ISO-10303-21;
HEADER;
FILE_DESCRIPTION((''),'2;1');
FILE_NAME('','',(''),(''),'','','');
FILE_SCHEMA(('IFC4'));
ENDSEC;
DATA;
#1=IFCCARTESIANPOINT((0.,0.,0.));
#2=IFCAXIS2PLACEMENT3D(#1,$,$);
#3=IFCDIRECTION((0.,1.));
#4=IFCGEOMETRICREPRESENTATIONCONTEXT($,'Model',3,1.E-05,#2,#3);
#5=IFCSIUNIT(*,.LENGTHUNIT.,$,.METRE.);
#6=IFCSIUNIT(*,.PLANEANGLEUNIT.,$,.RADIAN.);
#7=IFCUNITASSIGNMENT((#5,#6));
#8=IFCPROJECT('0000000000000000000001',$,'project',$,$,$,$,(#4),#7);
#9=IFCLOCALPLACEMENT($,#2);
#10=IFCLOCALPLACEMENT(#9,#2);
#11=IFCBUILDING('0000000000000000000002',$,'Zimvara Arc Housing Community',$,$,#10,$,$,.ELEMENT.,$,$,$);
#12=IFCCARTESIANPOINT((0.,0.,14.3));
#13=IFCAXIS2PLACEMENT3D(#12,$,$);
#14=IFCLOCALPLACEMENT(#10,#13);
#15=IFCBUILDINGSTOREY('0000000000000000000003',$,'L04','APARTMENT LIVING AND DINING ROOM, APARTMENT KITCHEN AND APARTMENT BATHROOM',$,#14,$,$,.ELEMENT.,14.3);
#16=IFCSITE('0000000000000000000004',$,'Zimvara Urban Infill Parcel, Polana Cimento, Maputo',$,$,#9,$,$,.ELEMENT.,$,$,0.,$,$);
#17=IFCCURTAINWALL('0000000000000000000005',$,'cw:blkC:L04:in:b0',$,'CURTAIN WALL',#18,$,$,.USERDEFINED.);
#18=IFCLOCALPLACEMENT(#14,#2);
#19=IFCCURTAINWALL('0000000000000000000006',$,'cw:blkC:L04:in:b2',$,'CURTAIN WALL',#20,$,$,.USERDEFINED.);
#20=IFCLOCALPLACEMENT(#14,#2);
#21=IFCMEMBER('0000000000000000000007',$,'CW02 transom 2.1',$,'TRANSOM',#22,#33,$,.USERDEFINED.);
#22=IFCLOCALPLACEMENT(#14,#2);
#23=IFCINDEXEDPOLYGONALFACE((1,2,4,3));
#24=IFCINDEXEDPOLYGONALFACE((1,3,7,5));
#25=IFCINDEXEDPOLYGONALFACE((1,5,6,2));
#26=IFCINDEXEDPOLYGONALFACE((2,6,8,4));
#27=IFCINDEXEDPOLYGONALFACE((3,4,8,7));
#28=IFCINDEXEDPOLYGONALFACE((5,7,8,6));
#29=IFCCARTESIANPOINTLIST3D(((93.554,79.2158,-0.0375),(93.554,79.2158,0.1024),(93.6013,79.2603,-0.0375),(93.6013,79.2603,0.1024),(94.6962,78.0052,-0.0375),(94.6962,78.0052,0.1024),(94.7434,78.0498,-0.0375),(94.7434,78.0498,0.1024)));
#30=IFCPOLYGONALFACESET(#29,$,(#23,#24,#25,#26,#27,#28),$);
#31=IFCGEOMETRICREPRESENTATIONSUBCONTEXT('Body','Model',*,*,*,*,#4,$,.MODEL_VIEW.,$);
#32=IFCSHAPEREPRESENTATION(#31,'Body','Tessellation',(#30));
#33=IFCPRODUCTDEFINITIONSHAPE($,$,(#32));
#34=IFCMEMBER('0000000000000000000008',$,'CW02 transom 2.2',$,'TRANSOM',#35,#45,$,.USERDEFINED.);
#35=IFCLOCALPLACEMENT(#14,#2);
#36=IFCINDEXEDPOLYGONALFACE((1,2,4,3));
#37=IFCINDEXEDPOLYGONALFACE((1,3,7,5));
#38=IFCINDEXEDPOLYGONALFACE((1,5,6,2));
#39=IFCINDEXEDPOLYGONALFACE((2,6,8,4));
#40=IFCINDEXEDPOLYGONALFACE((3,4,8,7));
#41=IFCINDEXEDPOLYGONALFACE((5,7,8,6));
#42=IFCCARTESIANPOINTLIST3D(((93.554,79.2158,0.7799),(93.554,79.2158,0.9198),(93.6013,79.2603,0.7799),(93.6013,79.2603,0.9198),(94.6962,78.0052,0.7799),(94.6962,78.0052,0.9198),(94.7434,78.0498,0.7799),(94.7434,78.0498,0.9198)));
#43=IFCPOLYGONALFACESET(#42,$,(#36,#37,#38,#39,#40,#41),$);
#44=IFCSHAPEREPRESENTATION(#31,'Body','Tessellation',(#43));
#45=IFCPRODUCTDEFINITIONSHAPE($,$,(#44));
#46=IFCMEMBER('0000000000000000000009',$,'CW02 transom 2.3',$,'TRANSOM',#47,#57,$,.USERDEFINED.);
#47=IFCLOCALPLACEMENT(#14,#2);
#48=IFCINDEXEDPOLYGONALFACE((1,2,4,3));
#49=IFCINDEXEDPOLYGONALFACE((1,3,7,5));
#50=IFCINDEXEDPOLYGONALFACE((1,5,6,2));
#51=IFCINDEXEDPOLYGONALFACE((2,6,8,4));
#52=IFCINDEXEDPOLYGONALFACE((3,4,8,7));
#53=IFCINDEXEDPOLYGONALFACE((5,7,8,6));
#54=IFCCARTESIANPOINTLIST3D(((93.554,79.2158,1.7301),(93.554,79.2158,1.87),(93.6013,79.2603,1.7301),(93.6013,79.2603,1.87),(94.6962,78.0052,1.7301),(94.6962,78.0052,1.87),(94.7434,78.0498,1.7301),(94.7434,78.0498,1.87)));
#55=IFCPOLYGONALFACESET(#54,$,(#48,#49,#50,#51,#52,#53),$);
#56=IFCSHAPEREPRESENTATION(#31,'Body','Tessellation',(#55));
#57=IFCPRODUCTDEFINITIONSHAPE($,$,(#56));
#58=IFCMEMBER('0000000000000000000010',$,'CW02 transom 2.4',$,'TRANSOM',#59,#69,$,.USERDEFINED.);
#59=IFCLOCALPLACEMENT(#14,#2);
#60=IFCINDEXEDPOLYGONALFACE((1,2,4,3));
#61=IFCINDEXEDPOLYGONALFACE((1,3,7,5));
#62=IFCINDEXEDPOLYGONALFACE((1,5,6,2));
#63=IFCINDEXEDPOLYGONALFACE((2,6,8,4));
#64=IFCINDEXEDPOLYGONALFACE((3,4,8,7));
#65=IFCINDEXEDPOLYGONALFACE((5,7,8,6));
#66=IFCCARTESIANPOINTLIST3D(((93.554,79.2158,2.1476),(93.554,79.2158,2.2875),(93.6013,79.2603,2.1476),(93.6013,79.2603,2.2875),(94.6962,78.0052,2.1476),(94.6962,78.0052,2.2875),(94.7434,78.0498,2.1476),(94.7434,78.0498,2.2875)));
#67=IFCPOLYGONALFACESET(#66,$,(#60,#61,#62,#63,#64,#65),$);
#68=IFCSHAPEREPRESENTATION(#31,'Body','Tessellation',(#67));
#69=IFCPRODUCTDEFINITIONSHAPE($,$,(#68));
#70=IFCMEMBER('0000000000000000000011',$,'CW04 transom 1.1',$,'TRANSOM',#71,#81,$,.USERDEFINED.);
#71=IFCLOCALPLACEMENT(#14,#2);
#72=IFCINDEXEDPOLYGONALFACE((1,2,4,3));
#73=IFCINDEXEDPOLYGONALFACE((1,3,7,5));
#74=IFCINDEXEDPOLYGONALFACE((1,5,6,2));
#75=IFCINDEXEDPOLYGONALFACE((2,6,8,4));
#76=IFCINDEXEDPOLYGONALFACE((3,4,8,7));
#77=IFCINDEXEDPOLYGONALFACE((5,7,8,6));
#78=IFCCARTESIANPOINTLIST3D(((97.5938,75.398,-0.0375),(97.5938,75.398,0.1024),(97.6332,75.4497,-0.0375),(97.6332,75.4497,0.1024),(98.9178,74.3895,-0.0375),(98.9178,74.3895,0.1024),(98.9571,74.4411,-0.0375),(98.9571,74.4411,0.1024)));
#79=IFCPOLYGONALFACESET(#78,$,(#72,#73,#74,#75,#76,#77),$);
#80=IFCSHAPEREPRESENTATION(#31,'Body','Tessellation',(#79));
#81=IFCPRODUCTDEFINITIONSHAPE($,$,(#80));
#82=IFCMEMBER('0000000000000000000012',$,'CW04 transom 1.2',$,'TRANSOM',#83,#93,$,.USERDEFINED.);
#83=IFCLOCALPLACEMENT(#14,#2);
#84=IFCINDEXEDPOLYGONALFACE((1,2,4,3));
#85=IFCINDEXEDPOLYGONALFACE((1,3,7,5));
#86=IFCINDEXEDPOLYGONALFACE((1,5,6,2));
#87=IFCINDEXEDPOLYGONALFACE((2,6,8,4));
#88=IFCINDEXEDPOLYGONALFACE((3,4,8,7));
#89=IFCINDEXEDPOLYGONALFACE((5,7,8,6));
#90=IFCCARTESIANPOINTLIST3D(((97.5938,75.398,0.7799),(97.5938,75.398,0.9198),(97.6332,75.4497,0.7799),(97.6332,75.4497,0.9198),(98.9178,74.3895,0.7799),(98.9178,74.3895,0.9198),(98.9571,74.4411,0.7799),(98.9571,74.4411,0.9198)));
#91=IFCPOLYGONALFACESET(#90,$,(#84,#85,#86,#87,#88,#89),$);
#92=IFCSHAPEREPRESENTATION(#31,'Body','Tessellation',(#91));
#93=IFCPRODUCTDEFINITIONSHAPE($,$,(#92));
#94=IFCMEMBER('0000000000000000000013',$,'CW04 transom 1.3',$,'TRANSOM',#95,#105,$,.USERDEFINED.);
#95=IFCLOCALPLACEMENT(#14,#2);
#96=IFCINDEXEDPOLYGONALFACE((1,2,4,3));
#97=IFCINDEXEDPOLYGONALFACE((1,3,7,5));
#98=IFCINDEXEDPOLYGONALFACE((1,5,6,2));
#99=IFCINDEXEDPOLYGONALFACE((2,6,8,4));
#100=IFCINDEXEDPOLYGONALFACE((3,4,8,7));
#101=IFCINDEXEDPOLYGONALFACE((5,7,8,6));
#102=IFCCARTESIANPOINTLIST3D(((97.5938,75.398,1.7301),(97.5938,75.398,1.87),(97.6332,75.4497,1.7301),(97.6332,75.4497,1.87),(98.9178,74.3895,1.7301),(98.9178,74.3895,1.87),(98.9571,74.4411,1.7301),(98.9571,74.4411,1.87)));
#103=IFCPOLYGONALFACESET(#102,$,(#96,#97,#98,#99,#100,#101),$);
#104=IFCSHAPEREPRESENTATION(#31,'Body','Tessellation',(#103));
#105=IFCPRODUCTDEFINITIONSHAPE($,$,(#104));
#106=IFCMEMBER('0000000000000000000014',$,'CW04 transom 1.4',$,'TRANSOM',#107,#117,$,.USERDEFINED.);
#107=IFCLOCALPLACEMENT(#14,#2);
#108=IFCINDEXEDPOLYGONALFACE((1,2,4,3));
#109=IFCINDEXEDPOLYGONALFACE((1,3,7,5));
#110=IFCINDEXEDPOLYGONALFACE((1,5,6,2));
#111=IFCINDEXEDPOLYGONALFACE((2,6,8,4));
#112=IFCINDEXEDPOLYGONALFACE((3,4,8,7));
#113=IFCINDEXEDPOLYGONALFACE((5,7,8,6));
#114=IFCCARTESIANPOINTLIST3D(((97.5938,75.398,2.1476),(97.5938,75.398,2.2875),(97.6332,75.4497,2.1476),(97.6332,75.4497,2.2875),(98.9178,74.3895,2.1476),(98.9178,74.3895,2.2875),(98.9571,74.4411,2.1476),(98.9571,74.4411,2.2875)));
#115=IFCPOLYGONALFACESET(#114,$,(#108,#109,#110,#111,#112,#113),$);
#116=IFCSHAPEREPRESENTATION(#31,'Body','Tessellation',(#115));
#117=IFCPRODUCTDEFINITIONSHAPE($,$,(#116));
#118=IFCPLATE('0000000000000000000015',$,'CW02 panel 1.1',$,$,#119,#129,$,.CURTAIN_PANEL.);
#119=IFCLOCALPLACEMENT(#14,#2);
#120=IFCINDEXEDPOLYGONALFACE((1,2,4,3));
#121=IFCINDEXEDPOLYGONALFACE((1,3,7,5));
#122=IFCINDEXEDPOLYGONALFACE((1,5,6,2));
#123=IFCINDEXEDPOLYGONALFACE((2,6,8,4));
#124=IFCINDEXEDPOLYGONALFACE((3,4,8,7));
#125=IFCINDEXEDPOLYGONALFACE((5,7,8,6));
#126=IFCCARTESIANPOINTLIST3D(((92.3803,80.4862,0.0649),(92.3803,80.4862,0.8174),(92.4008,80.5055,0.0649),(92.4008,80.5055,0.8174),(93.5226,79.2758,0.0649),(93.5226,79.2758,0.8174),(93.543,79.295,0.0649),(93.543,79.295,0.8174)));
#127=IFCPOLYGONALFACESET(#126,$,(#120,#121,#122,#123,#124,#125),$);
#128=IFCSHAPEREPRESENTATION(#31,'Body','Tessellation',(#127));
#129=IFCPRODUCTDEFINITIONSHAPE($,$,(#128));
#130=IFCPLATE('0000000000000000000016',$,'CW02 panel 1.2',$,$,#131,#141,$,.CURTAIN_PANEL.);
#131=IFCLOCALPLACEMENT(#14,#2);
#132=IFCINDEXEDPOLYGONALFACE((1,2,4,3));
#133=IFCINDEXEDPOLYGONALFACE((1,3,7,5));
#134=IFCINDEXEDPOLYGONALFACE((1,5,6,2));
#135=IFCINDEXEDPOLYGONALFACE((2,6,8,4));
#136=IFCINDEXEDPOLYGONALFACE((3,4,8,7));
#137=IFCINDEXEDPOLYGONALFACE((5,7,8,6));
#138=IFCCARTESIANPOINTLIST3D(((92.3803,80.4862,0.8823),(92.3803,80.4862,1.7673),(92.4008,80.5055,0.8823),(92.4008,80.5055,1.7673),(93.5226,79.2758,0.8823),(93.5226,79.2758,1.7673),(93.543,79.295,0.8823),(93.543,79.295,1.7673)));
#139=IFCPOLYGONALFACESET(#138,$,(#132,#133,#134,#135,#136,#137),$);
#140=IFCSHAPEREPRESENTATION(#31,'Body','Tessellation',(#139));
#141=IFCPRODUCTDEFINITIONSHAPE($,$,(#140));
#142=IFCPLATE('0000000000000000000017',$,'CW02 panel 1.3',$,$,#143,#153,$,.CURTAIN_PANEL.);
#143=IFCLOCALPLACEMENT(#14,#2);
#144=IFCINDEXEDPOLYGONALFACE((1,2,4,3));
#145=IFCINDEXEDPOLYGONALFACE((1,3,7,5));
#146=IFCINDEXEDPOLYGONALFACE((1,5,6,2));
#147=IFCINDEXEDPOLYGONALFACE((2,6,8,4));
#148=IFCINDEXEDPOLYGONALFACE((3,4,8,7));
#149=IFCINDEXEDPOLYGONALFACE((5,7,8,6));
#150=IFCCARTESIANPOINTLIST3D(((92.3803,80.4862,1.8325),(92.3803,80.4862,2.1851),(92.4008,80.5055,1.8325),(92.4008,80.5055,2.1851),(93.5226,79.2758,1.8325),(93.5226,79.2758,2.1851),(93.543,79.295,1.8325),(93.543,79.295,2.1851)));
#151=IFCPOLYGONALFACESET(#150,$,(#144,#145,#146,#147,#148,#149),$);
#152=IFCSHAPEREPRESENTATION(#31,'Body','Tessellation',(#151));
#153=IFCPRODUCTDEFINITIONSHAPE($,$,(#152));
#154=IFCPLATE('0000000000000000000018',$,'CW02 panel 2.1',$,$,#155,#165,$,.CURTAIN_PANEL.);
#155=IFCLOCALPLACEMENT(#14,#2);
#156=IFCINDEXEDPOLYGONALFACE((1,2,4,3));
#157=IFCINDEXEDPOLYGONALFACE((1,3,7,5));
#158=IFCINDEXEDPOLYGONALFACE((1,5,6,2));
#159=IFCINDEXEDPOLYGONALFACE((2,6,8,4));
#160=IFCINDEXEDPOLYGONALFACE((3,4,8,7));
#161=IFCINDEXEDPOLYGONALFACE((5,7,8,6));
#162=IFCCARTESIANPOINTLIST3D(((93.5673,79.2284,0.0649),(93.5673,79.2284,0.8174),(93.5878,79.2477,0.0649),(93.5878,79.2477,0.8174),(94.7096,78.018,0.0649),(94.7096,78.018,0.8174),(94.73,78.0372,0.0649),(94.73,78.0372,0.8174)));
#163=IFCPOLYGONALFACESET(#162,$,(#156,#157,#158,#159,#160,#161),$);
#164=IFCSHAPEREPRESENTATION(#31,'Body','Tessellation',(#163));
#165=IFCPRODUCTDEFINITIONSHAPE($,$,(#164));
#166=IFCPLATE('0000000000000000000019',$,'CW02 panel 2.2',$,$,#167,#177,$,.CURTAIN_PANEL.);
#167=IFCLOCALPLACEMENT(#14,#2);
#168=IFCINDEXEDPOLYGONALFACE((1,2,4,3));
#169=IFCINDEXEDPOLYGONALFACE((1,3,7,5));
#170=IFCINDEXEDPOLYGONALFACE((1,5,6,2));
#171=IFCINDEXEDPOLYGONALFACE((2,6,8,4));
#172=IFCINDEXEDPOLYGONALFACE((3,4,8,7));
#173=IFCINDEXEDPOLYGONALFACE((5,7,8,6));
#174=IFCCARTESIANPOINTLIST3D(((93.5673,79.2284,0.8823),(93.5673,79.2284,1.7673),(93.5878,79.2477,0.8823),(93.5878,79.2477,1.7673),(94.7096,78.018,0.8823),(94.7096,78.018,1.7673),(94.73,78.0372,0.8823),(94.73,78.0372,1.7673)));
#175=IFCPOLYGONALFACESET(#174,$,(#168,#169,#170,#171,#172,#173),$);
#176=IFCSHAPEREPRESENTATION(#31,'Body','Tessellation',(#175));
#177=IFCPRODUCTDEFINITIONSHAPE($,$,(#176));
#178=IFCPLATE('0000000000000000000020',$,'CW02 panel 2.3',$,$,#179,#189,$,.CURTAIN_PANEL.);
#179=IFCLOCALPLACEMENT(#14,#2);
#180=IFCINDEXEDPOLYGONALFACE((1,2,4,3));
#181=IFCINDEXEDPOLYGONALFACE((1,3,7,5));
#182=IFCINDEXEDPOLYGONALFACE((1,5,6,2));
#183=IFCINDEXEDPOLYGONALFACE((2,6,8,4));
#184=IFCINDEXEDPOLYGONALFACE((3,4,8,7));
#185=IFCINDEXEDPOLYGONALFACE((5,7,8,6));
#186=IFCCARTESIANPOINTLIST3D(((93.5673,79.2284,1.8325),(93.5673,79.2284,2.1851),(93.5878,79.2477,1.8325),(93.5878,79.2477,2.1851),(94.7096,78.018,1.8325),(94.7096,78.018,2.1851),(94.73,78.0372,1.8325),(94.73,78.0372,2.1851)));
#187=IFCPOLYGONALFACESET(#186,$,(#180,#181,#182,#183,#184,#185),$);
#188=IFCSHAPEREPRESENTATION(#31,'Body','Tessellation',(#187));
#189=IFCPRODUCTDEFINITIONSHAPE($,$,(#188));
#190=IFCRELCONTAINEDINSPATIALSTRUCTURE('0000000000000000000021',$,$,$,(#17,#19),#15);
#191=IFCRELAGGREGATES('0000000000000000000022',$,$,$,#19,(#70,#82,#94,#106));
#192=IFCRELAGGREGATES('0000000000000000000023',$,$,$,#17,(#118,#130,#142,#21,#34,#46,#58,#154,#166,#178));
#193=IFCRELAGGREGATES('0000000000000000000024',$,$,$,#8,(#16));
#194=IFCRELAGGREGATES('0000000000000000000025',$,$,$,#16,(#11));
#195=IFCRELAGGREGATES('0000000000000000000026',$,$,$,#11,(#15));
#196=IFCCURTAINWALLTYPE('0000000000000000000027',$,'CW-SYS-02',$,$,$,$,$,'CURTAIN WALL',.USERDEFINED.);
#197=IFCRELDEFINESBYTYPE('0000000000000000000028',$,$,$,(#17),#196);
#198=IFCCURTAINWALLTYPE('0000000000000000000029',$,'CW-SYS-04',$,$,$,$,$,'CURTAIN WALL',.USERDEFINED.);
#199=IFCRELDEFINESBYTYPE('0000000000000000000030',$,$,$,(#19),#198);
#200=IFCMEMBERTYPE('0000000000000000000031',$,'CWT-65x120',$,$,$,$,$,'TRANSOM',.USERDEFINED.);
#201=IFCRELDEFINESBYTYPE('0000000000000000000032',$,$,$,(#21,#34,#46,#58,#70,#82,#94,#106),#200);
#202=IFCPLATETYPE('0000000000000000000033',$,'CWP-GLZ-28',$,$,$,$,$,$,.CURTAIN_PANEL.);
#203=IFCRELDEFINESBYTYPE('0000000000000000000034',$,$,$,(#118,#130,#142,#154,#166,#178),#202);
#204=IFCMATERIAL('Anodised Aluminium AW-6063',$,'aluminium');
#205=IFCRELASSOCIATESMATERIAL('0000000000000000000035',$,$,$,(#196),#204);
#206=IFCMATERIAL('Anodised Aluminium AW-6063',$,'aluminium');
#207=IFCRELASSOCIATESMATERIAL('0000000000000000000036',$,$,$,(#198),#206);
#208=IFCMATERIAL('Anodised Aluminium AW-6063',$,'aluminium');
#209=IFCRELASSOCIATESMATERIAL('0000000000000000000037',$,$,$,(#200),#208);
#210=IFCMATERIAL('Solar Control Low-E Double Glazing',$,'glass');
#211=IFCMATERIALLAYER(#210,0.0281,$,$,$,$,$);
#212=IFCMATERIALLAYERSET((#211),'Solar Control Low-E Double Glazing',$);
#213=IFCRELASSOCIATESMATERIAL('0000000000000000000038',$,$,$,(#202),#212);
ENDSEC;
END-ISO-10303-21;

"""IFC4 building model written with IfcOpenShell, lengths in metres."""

from ifc_helpers import new_model, si_unit, direction, frame, origin, origin_2d, place, context, subcontext, project, spatial, rectangle, extrude, material, layer, layer_set, material_profile, profile_set, type_object, element, aggregate, save


model = new_model("IFC4")

# Units and contexts
model_context = context("Model", 3, precision=1e-05, world=origin(), true_north=direction((0.0, 1.0)))
body_context = subcontext(model_context, "Body", "Model", "MODEL_VIEW")
ifc_project = project(units=[si_unit("LENGTHUNIT", "METRE"), si_unit("PLANEANGLEUNIT", "RADIAN")], contexts=[model_context])

# Site, building, storey
site_placement = place(None, origin())
site = spatial("IfcSite", under=ifc_project, at=site_placement, Name="Zimvara Urban Infill Parcel, Polana Cimento, Maputo", CompositionType="ELEMENT", RefElevation=0.0)
building_placement = place(site_placement, origin())
building = spatial("IfcBuilding", under=site, at=building_placement, Name="Zimvara Arc Housing Community", CompositionType="ELEMENT")
storey_placement = place(building_placement, frame((0.0, 0.0, 14.3)))
storey = spatial("IfcBuildingStorey", under=building, at=storey_placement, Name="L04", Description="APARTMENT LIVING AND DINING ROOM, APARTMENT KITCHEN AND APARTMENT BATHROOM", CompositionType="ELEMENT", Elevation=14.3)

# Curtain wall
ifc_material_1 = material(Name="Anodised Aluminium AW-6063", Category="aluminium")
curtain_wall_type_1 = type_object("IfcCurtainWallType", Name="CW-SYS-02", ElementType="CURTAIN WALL", PredefinedType="USERDEFINED", material=ifc_material_1)
curtain_wall_1_placement = place(storey_placement, origin())
curtain_wall_1 = element("IfcCurtainWall", 1, at=curtain_wall_1_placement, inside=storey, type_object=curtain_wall_type_1, Name="cw:blkC:L04:in:b0", ObjectType="CURTAIN WALL", PredefinedType="USERDEFINED")

# Curtain wall
ifc_material_2 = material(Name="Anodised Aluminium AW-6063", Category="aluminium")
curtain_wall_type_2 = type_object("IfcCurtainWallType", Name="CW-SYS-04", ElementType="CURTAIN WALL", PredefinedType="USERDEFINED", material=ifc_material_2)
curtain_wall_2_placement = place(storey_placement, origin())
curtain_wall_2 = element("IfcCurtainWall", 2, at=curtain_wall_2_placement, inside=storey, type_object=curtain_wall_type_2, Name="cw:blkC:L04:in:b2", ObjectType="CURTAIN WALL", PredefinedType="USERDEFINED")

# Members
ifc_material_3 = material(Name="Anodised Aluminium AW-6063", Category="aluminium")
ifc_material_profile_1 = material_profile(ifc_material_3, rectangle(XDim=0.0649, YDim=0.1399, at=origin_2d()), Name="ALU 65x140")
ifc_profile_set_1 = profile_set([ifc_material_profile_1], Name="Anodised Aluminium AW-6063")
member_type_1 = type_object("IfcMemberType", Name="CWT-65x120", ElementType="TRANSOM", PredefinedType="USERDEFINED", material=ifc_profile_set_1)
member_1_placement = place(storey_placement, frame((93.5776, 79.238, 0.0325), z_axis=(0.68627, -0.727347, 0.0), x_axis=(0.727347, 0.68627, 0.0)))
member_1 = element("IfcMember", 3, at=member_1_placement, type_object=member_type_1, Name="CW02 transom 2.1", ObjectType="TRANSOM", PredefinedType="USERDEFINED", context=body_context, shape_type="SweptSolid", body=[
    extrude(rectangle(XDim=0.0649, YDim=0.1399, at=origin_2d()), origin(), (0.0, 0.0, 1.0), 1.6643),
])
member_2_placement = place(storey_placement, frame((93.5776, 79.238, 0.8499), z_axis=(0.68627, -0.727347, 0.0), x_axis=(0.727347, 0.68627, 0.0)))
member_2 = element("IfcMember", 4, at=member_2_placement, type_object=member_type_1, Name="CW02 transom 2.2", ObjectType="TRANSOM", PredefinedType="USERDEFINED", context=body_context, shape_type="SweptSolid", body=[
    extrude(rectangle(XDim=0.0649, YDim=0.1399, at=origin_2d()), origin(), (0.0, 0.0, 1.0), 1.6643),
])
member_3_placement = place(storey_placement, frame((93.5776, 79.238, 1.8), z_axis=(0.68627, -0.727347, 0.0), x_axis=(0.727347, 0.68627, 0.0)))
member_3 = element("IfcMember", 5, at=member_3_placement, type_object=member_type_1, Name="CW02 transom 2.3", ObjectType="TRANSOM", PredefinedType="USERDEFINED", context=body_context, shape_type="SweptSolid", body=[
    extrude(rectangle(XDim=0.0649, YDim=0.1399, at=origin_2d()), origin(), (0.0, 0.0, 1.0), 1.6643),
])
member_4_placement = place(storey_placement, frame((93.5776, 79.238, 2.2175), z_axis=(0.68627, -0.727347, 0.0), x_axis=(0.727347, 0.68627, 0.0)))
member_4 = element("IfcMember", 6, at=member_4_placement, type_object=member_type_1, Name="CW02 transom 2.4", ObjectType="TRANSOM", PredefinedType="USERDEFINED", context=body_context, shape_type="SweptSolid", body=[
    extrude(rectangle(XDim=0.0649, YDim=0.1399, at=origin_2d()), origin(), (0.0, 0.0, 1.0), 1.6643),
])
member_5_placement = place(storey_placement, frame((97.6135, 75.4238, 0.0325), z_axis=(0.795489, -0.605968, 0.0), x_axis=(0.605968, 0.795489, 0.0)))
member_5 = element("IfcMember", 7, at=member_5_placement, type_object=member_type_1, Name="CW04 transom 1.1", ObjectType="TRANSOM", PredefinedType="USERDEFINED", context=body_context, shape_type="SweptSolid", body=[
    extrude(rectangle(XDim=0.0649, YDim=0.1399, at=origin_2d()), origin(), (0.0, 0.0, 1.0), 1.6643),
])
member_6_placement = place(storey_placement, frame((97.6135, 75.4238, 0.8499), z_axis=(0.795489, -0.605968, 0.0), x_axis=(0.605968, 0.795489, 0.0)))
member_6 = element("IfcMember", 8, at=member_6_placement, type_object=member_type_1, Name="CW04 transom 1.2", ObjectType="TRANSOM", PredefinedType="USERDEFINED", context=body_context, shape_type="SweptSolid", body=[
    extrude(rectangle(XDim=0.0649, YDim=0.1399, at=origin_2d()), origin(), (0.0, 0.0, 1.0), 1.6643),
])
member_7_placement = place(storey_placement, frame((97.6135, 75.4238, 1.8), z_axis=(0.795489, -0.605968, 0.0), x_axis=(0.605968, 0.795489, 0.0)))
member_7 = element("IfcMember", 9, at=member_7_placement, type_object=member_type_1, Name="CW04 transom 1.3", ObjectType="TRANSOM", PredefinedType="USERDEFINED", context=body_context, shape_type="SweptSolid", body=[
    extrude(rectangle(XDim=0.0649, YDim=0.1399, at=origin_2d()), origin(), (0.0, 0.0, 1.0), 1.6643),
])
member_8_placement = place(storey_placement, frame((97.6135, 75.4238, 2.2175), z_axis=(0.795489, -0.605968, 0.0), x_axis=(0.605968, 0.795489, 0.0)))
member_8 = element("IfcMember", 10, at=member_8_placement, type_object=member_type_1, Name="CW04 transom 1.4", ObjectType="TRANSOM", PredefinedType="USERDEFINED", context=body_context, shape_type="SweptSolid", body=[
    extrude(rectangle(XDim=0.0649, YDim=0.1399, at=origin_2d()), origin(), (0.0, 0.0, 1.0), 1.6643),
])
aggregate(curtain_wall_2, [member_5, member_6, member_7, member_8])

# Plates
ifc_material_4 = material(Name="Solar Control Low-E Double Glazing", Category="glass")
ifc_layer_1 = layer(ifc_material_4, 0.0281)
ifc_layer_set_1 = layer_set([ifc_layer_1], Name="Solar Control Low-E Double Glazing")
plate_type = type_object("IfcPlateType", Name="CWP-GLZ-28", PredefinedType="CURTAIN_PANEL", material=ifc_layer_set_1)
plate_1_placement = place(storey_placement, frame((92.9617, 79.8906, 0.0649), z_axis=(0.0, 0.0, 1.0), x_axis=(0.686327, -0.727293, 0.0)))
plate_1 = element("IfcPlate", 11, at=plate_1_placement, type_object=plate_type, Name="CW02 panel 1.1", PredefinedType="CURTAIN_PANEL", context=body_context, shape_type="SweptSolid", body=[
    extrude(rectangle(XDim=1.6643, YDim=0.0281, at=origin_2d()), origin(), (0.0, 0.0, 1.0), 0.7524),
])
plate_2_placement = place(storey_placement, frame((92.9617, 79.8906, 0.8823), z_axis=(0.0, 0.0, 1.0), x_axis=(0.686327, -0.727293, 0.0)))
plate_2 = element("IfcPlate", 12, at=plate_2_placement, type_object=plate_type, Name="CW02 panel 1.2", PredefinedType="CURTAIN_PANEL", context=body_context, shape_type="SweptSolid", body=[
    extrude(rectangle(XDim=1.6643, YDim=0.0281, at=origin_2d()), origin(), (0.0, 0.0, 1.0), 0.885),
])
plate_3_placement = place(storey_placement, frame((92.9617, 79.8906, 1.8325), z_axis=(0.0, 0.0, 1.0), x_axis=(0.686327, -0.727293, 0.0)))
plate_3 = element("IfcPlate", 13, at=plate_3_placement, type_object=plate_type, Name="CW02 panel 1.3", PredefinedType="CURTAIN_PANEL", context=body_context, shape_type="SweptSolid", body=[
    extrude(rectangle(XDim=1.6643, YDim=0.0281, at=origin_2d()), origin(), (0.0, 0.0, 1.0), 0.3525),
])
plate_4_placement = place(storey_placement, frame((94.1487, 78.6328, 0.0649), z_axis=(0.0, 0.0, 1.0), x_axis=(0.686327, -0.727293, 0.0)))
plate_4 = element("IfcPlate", 14, at=plate_4_placement, type_object=plate_type, Name="CW02 panel 2.1", PredefinedType="CURTAIN_PANEL", context=body_context, shape_type="SweptSolid", body=[
    extrude(rectangle(XDim=1.6643, YDim=0.0281, at=origin_2d()), origin(), (0.0, 0.0, 1.0), 0.7524),
])
plate_5_placement = place(storey_placement, frame((94.1487, 78.6328, 0.8823), z_axis=(0.0, 0.0, 1.0), x_axis=(0.686327, -0.727293, 0.0)))
plate_5 = element("IfcPlate", 15, at=plate_5_placement, type_object=plate_type, Name="CW02 panel 2.2", PredefinedType="CURTAIN_PANEL", context=body_context, shape_type="SweptSolid", body=[
    extrude(rectangle(XDim=1.6643, YDim=0.0281, at=origin_2d()), origin(), (0.0, 0.0, 1.0), 0.885),
])
plate_6_placement = place(storey_placement, frame((94.1487, 78.6328, 1.8325), z_axis=(0.0, 0.0, 1.0), x_axis=(0.686327, -0.727293, 0.0)))
plate_6 = element("IfcPlate", 16, at=plate_6_placement, type_object=plate_type, Name="CW02 panel 2.3", PredefinedType="CURTAIN_PANEL", context=body_context, shape_type="SweptSolid", body=[
    extrude(rectangle(XDim=1.6643, YDim=0.0281, at=origin_2d()), origin(), (0.0, 0.0, 1.0), 0.3525),
])
aggregate(curtain_wall_1, [plate_1, plate_2, plate_3, member_1, member_2, member_3, member_4, plate_4, plate_5, plate_6])

save(model, "model.ifc")
